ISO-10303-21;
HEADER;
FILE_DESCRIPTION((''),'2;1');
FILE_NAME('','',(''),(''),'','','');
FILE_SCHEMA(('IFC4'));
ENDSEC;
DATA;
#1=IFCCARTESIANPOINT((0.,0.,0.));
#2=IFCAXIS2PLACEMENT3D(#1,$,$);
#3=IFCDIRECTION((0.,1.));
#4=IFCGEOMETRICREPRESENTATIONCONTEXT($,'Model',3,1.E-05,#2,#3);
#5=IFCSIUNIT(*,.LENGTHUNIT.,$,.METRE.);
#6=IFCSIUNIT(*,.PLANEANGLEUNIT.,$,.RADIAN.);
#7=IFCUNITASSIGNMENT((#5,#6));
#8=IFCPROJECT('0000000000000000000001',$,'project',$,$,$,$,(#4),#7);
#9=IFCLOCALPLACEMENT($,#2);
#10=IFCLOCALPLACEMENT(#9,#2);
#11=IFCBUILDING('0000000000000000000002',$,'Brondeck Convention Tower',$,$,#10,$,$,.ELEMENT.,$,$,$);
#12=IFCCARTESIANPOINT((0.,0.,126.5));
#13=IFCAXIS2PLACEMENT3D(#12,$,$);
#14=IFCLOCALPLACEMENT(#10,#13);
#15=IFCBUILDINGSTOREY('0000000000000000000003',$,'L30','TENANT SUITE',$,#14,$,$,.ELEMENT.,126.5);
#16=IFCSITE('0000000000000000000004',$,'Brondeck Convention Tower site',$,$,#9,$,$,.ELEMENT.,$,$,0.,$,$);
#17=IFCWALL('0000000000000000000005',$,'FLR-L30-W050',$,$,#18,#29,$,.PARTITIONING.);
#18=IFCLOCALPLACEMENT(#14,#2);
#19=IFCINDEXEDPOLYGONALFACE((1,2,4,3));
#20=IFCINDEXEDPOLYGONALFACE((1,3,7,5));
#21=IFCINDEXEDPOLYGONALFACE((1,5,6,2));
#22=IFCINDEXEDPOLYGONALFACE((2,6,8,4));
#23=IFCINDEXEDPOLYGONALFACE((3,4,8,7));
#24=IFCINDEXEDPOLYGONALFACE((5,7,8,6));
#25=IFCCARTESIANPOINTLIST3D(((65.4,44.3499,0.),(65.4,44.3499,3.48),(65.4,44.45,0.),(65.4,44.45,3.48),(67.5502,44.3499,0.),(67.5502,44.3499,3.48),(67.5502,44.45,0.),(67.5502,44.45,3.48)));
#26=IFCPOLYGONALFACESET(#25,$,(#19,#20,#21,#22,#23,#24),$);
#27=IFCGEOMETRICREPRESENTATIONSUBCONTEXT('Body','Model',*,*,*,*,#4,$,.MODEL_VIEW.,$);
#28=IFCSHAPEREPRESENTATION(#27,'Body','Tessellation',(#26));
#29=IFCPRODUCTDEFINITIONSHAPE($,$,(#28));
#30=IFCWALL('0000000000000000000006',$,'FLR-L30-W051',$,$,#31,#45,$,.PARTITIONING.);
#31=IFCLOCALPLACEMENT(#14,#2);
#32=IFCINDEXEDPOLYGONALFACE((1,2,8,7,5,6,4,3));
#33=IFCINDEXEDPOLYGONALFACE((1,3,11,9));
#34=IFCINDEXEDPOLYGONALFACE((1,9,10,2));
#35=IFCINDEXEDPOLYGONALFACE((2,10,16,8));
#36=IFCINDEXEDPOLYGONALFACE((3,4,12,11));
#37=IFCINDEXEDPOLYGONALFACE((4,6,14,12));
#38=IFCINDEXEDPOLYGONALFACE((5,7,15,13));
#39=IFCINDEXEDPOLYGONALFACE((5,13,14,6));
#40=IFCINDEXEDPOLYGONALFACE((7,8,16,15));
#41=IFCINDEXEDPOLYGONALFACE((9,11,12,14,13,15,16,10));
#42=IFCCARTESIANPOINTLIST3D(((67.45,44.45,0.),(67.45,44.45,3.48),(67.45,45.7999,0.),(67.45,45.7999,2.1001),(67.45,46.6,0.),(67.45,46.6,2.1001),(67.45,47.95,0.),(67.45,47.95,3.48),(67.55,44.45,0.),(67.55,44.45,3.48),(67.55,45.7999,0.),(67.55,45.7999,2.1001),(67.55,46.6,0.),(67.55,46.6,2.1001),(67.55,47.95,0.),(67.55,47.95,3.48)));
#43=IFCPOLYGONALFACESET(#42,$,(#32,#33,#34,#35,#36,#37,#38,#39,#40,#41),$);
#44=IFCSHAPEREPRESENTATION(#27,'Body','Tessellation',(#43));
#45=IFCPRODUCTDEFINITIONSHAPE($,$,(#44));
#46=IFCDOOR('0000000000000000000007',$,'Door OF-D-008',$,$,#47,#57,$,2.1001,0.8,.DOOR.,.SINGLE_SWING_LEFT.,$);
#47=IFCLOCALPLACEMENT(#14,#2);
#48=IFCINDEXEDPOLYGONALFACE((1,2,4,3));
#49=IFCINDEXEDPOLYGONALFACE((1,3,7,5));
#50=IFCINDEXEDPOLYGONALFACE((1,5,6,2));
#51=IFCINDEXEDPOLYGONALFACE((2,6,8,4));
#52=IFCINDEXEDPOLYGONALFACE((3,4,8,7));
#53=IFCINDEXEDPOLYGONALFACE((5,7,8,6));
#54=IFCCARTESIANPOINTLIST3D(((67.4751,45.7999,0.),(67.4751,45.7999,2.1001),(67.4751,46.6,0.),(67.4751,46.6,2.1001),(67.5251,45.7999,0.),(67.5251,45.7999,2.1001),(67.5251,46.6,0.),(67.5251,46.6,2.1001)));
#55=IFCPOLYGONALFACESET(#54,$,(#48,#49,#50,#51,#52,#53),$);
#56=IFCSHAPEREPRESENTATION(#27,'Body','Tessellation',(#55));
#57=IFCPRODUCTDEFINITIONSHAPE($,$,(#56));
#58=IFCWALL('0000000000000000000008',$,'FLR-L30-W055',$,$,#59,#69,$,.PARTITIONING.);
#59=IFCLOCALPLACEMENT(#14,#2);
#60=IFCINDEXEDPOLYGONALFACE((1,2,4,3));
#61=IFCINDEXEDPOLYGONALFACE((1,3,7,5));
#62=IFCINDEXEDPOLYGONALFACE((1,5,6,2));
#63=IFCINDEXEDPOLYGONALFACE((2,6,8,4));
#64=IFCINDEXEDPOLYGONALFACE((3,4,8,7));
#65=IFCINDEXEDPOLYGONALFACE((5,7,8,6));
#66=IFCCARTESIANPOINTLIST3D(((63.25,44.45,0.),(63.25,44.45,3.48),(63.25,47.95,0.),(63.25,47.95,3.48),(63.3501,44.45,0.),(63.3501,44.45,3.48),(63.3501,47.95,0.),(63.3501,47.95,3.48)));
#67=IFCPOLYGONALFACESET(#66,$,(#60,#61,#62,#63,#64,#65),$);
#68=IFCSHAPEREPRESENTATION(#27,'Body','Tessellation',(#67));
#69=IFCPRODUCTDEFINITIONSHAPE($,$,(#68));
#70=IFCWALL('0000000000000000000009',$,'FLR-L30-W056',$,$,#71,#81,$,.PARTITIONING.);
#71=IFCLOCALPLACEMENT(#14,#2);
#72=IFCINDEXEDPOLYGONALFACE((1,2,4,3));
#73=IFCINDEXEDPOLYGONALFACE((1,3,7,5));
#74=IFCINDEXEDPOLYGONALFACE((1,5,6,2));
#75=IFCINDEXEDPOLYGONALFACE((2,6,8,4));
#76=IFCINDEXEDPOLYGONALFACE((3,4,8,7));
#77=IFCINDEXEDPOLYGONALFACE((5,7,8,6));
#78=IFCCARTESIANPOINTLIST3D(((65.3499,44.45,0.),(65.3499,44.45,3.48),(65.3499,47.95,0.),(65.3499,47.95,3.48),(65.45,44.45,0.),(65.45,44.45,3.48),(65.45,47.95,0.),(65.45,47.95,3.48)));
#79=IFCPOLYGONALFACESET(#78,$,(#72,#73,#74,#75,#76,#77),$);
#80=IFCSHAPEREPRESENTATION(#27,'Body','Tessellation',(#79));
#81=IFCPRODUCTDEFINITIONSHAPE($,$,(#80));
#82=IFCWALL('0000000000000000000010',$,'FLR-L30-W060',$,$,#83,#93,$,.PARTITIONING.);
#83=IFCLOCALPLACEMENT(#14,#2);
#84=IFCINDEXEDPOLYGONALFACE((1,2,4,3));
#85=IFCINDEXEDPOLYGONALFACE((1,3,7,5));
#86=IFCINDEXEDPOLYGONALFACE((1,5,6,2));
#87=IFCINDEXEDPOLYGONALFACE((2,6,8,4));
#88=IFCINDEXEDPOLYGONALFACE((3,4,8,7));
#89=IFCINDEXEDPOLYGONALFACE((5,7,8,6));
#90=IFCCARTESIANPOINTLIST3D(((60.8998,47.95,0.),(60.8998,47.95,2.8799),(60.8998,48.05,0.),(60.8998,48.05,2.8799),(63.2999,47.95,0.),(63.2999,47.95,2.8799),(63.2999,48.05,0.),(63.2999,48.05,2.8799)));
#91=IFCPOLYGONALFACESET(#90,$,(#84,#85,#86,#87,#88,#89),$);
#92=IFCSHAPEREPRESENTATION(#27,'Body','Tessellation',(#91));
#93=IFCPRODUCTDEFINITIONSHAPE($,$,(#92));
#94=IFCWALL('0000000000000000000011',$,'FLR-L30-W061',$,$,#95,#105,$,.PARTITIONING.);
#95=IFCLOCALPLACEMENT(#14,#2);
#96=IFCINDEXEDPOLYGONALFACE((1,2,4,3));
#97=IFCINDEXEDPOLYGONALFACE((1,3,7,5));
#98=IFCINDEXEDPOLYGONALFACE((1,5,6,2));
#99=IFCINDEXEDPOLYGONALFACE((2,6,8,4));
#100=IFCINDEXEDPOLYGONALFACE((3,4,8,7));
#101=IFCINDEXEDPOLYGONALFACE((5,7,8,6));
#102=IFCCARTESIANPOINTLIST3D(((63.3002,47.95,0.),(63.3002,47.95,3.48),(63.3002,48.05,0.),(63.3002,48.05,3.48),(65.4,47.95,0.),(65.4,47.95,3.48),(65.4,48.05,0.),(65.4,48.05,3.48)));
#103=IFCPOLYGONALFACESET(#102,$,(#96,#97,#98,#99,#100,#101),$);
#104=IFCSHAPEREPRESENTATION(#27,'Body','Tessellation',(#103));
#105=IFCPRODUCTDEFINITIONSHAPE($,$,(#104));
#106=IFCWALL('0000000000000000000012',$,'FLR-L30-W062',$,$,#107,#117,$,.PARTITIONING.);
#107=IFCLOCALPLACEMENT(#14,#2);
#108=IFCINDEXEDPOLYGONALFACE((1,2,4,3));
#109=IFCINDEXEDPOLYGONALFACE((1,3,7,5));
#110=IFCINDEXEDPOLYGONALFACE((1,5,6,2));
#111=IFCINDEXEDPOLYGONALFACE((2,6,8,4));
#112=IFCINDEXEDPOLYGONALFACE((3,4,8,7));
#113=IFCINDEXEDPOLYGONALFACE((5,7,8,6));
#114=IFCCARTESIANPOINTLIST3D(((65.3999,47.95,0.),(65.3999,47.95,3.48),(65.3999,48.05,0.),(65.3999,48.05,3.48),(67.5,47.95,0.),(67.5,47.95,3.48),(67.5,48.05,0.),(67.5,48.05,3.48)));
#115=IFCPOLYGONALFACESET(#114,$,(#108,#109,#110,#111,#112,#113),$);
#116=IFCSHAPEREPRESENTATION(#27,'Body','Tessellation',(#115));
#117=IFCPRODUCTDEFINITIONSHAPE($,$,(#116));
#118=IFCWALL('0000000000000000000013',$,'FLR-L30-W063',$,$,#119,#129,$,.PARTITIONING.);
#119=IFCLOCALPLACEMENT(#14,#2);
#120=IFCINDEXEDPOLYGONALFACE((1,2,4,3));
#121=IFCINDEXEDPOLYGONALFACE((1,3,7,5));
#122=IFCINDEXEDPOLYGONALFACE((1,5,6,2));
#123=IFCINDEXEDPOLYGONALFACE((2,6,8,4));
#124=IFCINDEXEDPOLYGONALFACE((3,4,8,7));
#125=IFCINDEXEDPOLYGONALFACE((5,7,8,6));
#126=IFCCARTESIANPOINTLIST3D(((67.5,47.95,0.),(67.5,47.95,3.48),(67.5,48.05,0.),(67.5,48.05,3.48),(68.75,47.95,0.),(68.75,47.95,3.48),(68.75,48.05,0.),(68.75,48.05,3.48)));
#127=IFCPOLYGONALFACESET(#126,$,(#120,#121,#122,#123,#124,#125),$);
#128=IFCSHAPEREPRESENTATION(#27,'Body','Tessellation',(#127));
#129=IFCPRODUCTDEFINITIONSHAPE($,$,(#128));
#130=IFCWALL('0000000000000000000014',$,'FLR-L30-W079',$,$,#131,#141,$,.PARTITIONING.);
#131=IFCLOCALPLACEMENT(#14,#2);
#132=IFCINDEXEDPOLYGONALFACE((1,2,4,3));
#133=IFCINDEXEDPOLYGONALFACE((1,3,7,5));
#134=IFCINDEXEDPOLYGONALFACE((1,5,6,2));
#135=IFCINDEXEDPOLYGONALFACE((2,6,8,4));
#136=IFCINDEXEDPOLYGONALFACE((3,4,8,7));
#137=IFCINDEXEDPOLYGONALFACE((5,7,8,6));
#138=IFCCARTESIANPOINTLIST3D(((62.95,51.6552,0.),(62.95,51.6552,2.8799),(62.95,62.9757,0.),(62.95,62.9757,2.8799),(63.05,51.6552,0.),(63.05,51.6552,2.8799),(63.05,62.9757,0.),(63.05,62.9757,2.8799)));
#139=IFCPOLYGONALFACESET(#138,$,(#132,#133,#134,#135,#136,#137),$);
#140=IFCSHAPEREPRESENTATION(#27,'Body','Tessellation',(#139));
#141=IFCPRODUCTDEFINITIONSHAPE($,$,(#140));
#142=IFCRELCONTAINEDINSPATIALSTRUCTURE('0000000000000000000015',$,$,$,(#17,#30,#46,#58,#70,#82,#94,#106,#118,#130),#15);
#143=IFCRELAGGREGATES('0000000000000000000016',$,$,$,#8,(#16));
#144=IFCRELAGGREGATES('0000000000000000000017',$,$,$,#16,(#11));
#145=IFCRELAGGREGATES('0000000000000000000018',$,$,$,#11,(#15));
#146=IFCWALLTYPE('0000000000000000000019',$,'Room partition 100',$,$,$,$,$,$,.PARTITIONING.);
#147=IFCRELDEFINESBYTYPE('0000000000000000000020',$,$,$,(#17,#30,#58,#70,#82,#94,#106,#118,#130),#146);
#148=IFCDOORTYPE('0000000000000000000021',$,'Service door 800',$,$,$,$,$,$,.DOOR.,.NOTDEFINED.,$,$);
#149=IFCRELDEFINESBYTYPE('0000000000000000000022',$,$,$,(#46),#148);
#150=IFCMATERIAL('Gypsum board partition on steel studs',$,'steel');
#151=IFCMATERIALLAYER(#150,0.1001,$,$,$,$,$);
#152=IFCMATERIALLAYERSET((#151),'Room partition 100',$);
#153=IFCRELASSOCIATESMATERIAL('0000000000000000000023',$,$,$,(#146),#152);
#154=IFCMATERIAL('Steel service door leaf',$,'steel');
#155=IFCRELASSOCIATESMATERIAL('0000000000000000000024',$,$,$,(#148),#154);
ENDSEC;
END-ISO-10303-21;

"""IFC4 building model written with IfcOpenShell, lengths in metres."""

from ifc_helpers import new_model, si_unit, direction, frame, frame_2d, origin, place, context, subcontext, project, spatial, rectangle, extrude, material, layer, layer_set, type_object, element, fill, save


model = new_model("IFC4")

# Units and contexts
model_context = context("Model", 3, precision=1e-05, world=origin(), true_north=direction((0.0, 1.0)))
body_context = subcontext(model_context, "Body", "Model", "MODEL_VIEW")
ifc_project = project(units=[si_unit("LENGTHUNIT", "METRE"), si_unit("PLANEANGLEUNIT", "RADIAN")], contexts=[model_context])

# Site, building, storey
site_placement = place(None, origin())
site = spatial("IfcSite", under=ifc_project, at=site_placement, Name="Brondeck Convention Tower site", CompositionType="ELEMENT", RefElevation=0.0)
building_placement = place(site_placement, origin())
building = spatial("IfcBuilding", under=site, at=building_placement, Name="Brondeck Convention Tower", CompositionType="ELEMENT")
storey_placement = place(building_placement, frame((0.0, 0.0, 126.5)))
storey = spatial("IfcBuildingStorey", under=building, at=storey_placement, Name="L30", Description="TENANT SUITE", CompositionType="ELEMENT", Elevation=126.5)

# Wall
ifc_material_1 = material(Name="Gypsum board partition on steel studs", Category="steel")
ifc_layer_1 = layer(ifc_material_1, 0.1001)
ifc_layer_set_1 = layer_set([ifc_layer_1], Name="Room partition 100")
wall_type_1 = type_object("IfcWallType", Name="Room partition 100", PredefinedType="PARTITIONING", material=ifc_layer_set_1)
wall_1_placement = place(storey_placement, frame((65.3999, 44.3999, 0.0), z_axis=(0.0, 0.0, 1.0), x_axis=(1.0, 0.0, 0.0)))
element("IfcWall", 1, at=wall_1_placement, inside=storey, type_object=wall_type_1, Name="FLR-L30-W050", PredefinedType="PARTITIONING", context=body_context, shape_type="SweptSolid", body=[
    extrude(rectangle(XDim=2.1501, YDim=0.1001, at=frame_2d((1.0752, 0.0))), origin(), (0.0, 0.0, 1.0), 3.48),
])

# Wall, opening, door
wall_2_placement = place(storey_placement, frame((67.5, 44.45, 0.0), z_axis=(0.0, 0.0, 1.0), x_axis=(0.0, 1.0, 0.0)))
wall_2 = element("IfcWall", 2, at=wall_2_placement, inside=storey, type_object=wall_type_1, Name="FLR-L30-W051", PredefinedType="PARTITIONING", context=body_context, shape_type="SweptSolid", body=[
    extrude(rectangle(XDim=3.5, YDim=0.1001, at=frame_2d((1.75, 0.0))), origin(), (0.0, 0.0, 1.0), 3.48),
])
opening_1_placement = place(wall_2_placement, frame((1.3501, 0.0, 0.0)))
opening_1 = element("IfcOpeningElement", 3, at=opening_1_placement, cuts=wall_2, PredefinedType="OPENING", context=body_context, shape_type="SweptSolid", body=[
    extrude(rectangle(XDim=0.8, YDim=2.1001, at=frame_2d((0.3999, 1.05))), frame((0.0, 0.0601, 0.0), z_axis=(0.0, -1.0, 0.0), x_axis=(1.0, 0.0, 0.0)), (0.0, 0.0, 1.0), 0.1201),
])
ifc_material_2 = material(Name="Steel service door leaf", Category="steel")
door_type = type_object("IfcDoorType", Name="Service door 800", OperationType="NOTDEFINED", PredefinedType="DOOR", material=ifc_material_2)
door_placement = place(opening_1_placement, origin())
door = element("IfcDoor", 4, at=door_placement, inside=storey, type_object=door_type, Name="Door OF-D-008", OperationType="SINGLE_SWING_LEFT", OverallHeight=2.1001, OverallWidth=0.8, PredefinedType="DOOR", context=body_context, shape_type="SweptSolid", body=[
    extrude(rectangle(XDim=0.8, YDim=2.1001, at=frame_2d((0.3999, 1.05))), frame((0.0, 0.0249, 0.0), z_axis=(0.0, -1.0, 0.0), x_axis=(1.0, 0.0, 0.0)), (0.0, 0.0, 1.0), 0.05),
])
fill(opening_1, door)

# Walls
for number, where, z_axis, x_axis, name in (
    (5, (63.3, 47.95, 0.0), (0.0, 0.0, 1.0), (0.0, -1.0, 0.0), "FLR-L30-W055"),
    (6, (65.3999, 47.95, 0.0), (0.0, 0.0, 1.0), (0.0, -1.0, 0.0), "FLR-L30-W056"),
):
    element("IfcWall", number, at=place(storey_placement, frame(where, z_axis=z_axis, x_axis=x_axis)), inside=storey, type_object=wall_type_1, Name=name, PredefinedType="PARTITIONING", context=body_context, shape_type="SweptSolid", body=[
        extrude(rectangle(XDim=3.5, YDim=0.1001, at=frame_2d((1.75, 0.0))), origin(), (0.0, 0.0, 1.0), 3.48),
    ])
wall_3_placement = place(storey_placement, frame((63.3, 48.0, 0.0), z_axis=(0.0, 0.0, 1.0), x_axis=(-1.0, 0.0, 0.0)))
element("IfcWall", 7, at=wall_3_placement, inside=storey, type_object=wall_type_1, Name="FLR-L30-W060", PredefinedType="PARTITIONING", context=body_context, shape_type="SweptSolid", body=[
    extrude(rectangle(XDim=2.4001, YDim=0.1001, at=frame_2d((1.2002, 0.0))), origin(), (0.0, 0.0, 1.0), 2.8799),
])
wall_4_placement = place(storey_placement, frame((65.3999, 48.0, 0.0), z_axis=(0.0, 0.0, 1.0), x_axis=(-1.0, 0.0, 0.0)))
element("IfcWall", 8, at=wall_4_placement, inside=storey, type_object=wall_type_1, Name="FLR-L30-W061", PredefinedType="PARTITIONING", context=body_context, shape_type="SweptSolid", body=[
    extrude(rectangle(XDim=2.0999, YDim=0.1001, at=frame_2d((1.0498, 0.0))), origin(), (0.0, 0.0, 1.0), 3.48),
])
wall_5_placement = place(storey_placement, frame((67.5, 48.0, 0.0), z_axis=(0.0, 0.0, 1.0), x_axis=(-1.0, 0.0, 0.0)))
element("IfcWall", 9, at=wall_5_placement, inside=storey, type_object=wall_type_1, Name="FLR-L30-W062", PredefinedType="PARTITIONING", context=body_context, shape_type="SweptSolid", body=[
    extrude(rectangle(XDim=2.1001, YDim=0.1001, at=frame_2d((1.05, 0.0))), origin(), (0.0, 0.0, 1.0), 3.48),
])
wall_6_placement = place(storey_placement, frame((68.75, 48.0, 0.0), z_axis=(0.0, 0.0, 1.0), x_axis=(-1.0, 0.0, 0.0)))
element("IfcWall", 10, at=wall_6_placement, inside=storey, type_object=wall_type_1, Name="FLR-L30-W063", PredefinedType="PARTITIONING", context=body_context, shape_type="SweptSolid", body=[
    extrude(rectangle(XDim=1.25, YDim=0.1001, at=frame_2d((0.625, 0.0))), origin(), (0.0, 0.0, 1.0), 3.48),
])
wall_7_placement = place(storey_placement, frame((63.0, 62.9756, 0.0), z_axis=(0.0, 0.0, 1.0), x_axis=(0.0, -1.0, 0.0)))
element("IfcWall", 11, at=wall_7_placement, inside=storey, type_object=wall_type_1, Name="FLR-L30-W079", PredefinedType="PARTITIONING", context=body_context, shape_type="SweptSolid", body=[
    extrude(rectangle(XDim=11.3206, YDim=0.1001, at=frame_2d((5.6602, 0.0))), origin(), (0.0, 0.0, 1.0), 2.8799),
])

save(model, "model.ifc")
